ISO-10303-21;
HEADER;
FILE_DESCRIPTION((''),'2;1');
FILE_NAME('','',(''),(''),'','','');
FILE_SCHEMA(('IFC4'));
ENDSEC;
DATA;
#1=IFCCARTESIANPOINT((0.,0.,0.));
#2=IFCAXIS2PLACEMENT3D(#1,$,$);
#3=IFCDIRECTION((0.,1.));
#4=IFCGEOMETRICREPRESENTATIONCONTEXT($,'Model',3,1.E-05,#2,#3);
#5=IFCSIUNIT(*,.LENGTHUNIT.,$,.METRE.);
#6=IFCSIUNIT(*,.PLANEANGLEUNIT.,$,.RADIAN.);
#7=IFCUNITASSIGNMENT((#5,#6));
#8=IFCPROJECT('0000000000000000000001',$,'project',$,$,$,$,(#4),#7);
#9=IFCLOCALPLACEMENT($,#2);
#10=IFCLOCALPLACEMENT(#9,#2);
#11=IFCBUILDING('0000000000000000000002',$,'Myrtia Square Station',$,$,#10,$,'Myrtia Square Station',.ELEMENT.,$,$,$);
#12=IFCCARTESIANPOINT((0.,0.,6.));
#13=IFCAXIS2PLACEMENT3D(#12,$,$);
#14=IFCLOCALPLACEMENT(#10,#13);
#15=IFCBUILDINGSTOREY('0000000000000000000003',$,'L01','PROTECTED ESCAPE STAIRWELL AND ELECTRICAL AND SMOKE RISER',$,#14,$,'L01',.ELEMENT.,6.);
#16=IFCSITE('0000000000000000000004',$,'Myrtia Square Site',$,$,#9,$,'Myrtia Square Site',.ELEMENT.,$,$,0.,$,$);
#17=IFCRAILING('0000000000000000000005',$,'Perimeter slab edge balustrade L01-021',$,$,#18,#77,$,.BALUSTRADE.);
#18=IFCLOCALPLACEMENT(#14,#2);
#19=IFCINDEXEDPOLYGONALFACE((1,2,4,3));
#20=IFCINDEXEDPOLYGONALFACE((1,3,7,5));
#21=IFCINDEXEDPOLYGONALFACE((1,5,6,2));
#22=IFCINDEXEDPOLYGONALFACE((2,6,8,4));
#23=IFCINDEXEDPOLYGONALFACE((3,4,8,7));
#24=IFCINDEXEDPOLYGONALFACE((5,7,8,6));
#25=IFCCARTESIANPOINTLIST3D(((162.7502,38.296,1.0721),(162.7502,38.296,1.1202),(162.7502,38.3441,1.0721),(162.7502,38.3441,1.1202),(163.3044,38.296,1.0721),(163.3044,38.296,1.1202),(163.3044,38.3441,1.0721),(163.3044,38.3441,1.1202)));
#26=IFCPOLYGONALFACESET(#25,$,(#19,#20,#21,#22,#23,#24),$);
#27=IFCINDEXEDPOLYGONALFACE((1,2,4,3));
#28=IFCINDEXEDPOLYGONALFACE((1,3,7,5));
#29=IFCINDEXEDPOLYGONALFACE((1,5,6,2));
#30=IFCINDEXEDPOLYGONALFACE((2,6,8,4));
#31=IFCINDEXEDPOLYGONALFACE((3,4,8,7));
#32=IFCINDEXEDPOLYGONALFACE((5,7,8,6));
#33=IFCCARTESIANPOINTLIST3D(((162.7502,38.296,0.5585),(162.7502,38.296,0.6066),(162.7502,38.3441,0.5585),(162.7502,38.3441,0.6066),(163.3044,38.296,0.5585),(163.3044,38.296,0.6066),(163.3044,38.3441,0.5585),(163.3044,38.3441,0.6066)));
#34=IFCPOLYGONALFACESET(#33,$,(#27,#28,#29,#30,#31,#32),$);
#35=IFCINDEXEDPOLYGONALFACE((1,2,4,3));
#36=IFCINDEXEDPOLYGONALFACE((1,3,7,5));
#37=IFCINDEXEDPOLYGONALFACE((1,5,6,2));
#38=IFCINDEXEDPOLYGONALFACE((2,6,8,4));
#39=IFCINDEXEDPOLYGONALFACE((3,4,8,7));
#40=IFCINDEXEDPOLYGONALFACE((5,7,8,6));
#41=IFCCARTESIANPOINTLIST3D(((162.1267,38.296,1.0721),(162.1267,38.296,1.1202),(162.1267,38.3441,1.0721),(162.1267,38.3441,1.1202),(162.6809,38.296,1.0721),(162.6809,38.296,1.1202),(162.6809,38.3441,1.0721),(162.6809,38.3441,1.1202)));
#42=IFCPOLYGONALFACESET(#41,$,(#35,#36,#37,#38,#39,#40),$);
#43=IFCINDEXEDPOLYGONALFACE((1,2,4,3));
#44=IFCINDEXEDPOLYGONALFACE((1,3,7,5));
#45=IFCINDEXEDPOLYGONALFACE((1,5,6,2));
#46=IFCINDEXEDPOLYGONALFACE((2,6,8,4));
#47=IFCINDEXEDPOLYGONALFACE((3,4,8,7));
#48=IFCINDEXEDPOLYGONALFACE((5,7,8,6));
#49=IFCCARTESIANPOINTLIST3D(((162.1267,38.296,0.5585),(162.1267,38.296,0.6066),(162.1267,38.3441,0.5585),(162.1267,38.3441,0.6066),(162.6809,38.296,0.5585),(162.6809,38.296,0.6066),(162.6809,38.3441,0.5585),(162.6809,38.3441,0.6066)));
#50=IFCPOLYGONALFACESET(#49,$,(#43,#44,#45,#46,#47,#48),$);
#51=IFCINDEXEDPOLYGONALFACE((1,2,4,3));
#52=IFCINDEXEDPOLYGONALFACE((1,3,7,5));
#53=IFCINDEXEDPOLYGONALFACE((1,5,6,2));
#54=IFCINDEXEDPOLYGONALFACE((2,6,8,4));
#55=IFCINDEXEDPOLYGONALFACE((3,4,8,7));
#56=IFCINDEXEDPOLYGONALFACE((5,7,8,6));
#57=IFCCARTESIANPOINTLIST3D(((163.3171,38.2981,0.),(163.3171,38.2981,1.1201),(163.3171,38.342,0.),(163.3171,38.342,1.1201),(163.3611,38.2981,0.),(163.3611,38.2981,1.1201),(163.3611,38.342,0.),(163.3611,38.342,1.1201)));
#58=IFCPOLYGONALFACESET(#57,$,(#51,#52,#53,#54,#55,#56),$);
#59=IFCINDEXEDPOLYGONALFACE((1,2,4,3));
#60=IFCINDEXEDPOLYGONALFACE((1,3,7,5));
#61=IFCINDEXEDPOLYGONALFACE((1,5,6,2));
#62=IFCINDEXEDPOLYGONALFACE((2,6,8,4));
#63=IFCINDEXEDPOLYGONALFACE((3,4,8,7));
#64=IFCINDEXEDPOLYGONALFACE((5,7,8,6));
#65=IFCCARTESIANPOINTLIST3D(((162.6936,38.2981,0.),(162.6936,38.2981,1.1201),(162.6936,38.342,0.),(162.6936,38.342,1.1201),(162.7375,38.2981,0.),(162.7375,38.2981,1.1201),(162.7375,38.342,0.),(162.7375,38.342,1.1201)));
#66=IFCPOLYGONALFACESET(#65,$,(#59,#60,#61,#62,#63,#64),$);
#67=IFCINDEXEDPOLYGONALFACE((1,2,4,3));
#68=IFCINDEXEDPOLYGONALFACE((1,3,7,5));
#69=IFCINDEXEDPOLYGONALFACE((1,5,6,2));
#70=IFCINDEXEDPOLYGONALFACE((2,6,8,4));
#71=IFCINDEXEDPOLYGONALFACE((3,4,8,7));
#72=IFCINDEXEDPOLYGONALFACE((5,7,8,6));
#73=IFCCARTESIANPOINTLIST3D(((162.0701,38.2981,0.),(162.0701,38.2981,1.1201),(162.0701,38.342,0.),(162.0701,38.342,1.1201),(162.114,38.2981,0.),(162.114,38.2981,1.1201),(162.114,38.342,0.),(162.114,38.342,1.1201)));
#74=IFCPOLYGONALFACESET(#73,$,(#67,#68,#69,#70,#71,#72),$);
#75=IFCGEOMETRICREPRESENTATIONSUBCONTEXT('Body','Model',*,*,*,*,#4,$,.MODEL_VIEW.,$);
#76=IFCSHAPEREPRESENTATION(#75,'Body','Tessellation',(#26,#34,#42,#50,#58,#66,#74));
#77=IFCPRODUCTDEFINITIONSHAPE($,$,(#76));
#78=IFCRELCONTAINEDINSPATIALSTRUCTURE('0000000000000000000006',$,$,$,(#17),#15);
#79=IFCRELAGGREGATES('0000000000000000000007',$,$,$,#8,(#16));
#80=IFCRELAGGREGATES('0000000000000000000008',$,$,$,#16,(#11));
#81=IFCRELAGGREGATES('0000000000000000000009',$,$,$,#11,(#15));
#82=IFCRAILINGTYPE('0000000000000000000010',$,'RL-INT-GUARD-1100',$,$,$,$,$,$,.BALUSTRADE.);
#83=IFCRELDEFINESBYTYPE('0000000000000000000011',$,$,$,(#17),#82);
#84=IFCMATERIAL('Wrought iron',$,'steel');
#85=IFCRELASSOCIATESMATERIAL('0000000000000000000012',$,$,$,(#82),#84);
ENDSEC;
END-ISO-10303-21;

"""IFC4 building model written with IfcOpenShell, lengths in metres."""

from ifc_helpers import new_model, si_unit, direction, frame, origin, origin_2d, place, context, subcontext, project, spatial, rectangle, extrude, material, type_object, element, save


model = new_model("IFC4")

# Units and contexts
model_context = context("Model", 3, precision=1e-05, world=origin(), true_north=direction((0.0, 1.0)))
body_context = subcontext(model_context, "Body", "Model", "MODEL_VIEW")
ifc_project = project(units=[si_unit("LENGTHUNIT", "METRE"), si_unit("PLANEANGLEUNIT", "RADIAN")], contexts=[model_context])

# Site, building, storey
site_placement = place(None, origin())
site = spatial("IfcSite", under=ifc_project, at=site_placement, Name="Myrtia Square Site", LongName="Myrtia Square Site", CompositionType="ELEMENT", RefElevation=0.0)
building_placement = place(site_placement, origin())
building = spatial("IfcBuilding", under=site, at=building_placement, Name="Myrtia Square Station", LongName="Myrtia Square Station", CompositionType="ELEMENT")
storey_placement = place(building_placement, frame((0.0, 0.0, 6.0)))
storey = spatial("IfcBuildingStorey", under=building, at=storey_placement, Name="L01", Description="PROTECTED ESCAPE STAIRWELL AND ELECTRICAL AND SMOKE RISER", LongName="L01", CompositionType="ELEMENT", Elevation=6.0)

# Railing
ifc_material_1 = material(Name="Wrought iron", Category="steel")
railing_type = type_object("IfcRailingType", Name="RL-INT-GUARD-1100", PredefinedType="BALUSTRADE", material=ifc_material_1)
railing_placement = place(storey_placement, frame((163.3391, 38.3201, 0.0)))
element("IfcRailing", 1, at=railing_placement, inside=storey, type_object=railing_type, Name="Perimeter slab edge balustrade L01-021", PredefinedType="BALUSTRADE", context=body_context, shape_type="SweptSolid", body=[
    extrude(rectangle(XDim=0.0481, YDim=0.0481, at=origin_2d()), frame((-0.0347, 0.0, 1.0962), z_axis=(-1.0, 0.0, 0.0), x_axis=(0.0, -1.0, 0.0)), (0.0, 0.0, 1.0), 0.5542),
    extrude(rectangle(XDim=0.0481, YDim=0.0481, at=origin_2d()), frame((-0.0347, 0.0, 0.5825), z_axis=(-1.0, 0.0, 0.0), x_axis=(0.0, -1.0, 0.0)), (0.0, 0.0, 1.0), 0.5542),
    extrude(rectangle(XDim=0.0481, YDim=0.0481, at=origin_2d()), frame((-0.6582, 0.0, 1.0962), z_axis=(-1.0, 0.0, 0.0), x_axis=(0.0, -1.0, 0.0)), (0.0, 0.0, 1.0), 0.5542),
    extrude(rectangle(XDim=0.0481, YDim=0.0481, at=origin_2d()), frame((-0.6582, 0.0, 0.5825), z_axis=(-1.0, 0.0, 0.0), x_axis=(0.0, -1.0, 0.0)), (0.0, 0.0, 1.0), 0.5542),
    extrude(rectangle(XDim=0.0439, YDim=0.0439, at=origin_2d()), origin(), (0.0, 0.0, 1.0), 1.1201),
    extrude(rectangle(XDim=0.0439, YDim=0.0439, at=origin_2d()), frame((-0.6235, 0.0, 0.0)), (0.0, 0.0, 1.0), 1.1201),
    extrude(rectangle(XDim=0.0439, YDim=0.0439, at=origin_2d()), frame((-1.2471, 0.0, 0.0)), (0.0, 0.0, 1.0), 1.1201),
])

save(model, "model.ifc")
